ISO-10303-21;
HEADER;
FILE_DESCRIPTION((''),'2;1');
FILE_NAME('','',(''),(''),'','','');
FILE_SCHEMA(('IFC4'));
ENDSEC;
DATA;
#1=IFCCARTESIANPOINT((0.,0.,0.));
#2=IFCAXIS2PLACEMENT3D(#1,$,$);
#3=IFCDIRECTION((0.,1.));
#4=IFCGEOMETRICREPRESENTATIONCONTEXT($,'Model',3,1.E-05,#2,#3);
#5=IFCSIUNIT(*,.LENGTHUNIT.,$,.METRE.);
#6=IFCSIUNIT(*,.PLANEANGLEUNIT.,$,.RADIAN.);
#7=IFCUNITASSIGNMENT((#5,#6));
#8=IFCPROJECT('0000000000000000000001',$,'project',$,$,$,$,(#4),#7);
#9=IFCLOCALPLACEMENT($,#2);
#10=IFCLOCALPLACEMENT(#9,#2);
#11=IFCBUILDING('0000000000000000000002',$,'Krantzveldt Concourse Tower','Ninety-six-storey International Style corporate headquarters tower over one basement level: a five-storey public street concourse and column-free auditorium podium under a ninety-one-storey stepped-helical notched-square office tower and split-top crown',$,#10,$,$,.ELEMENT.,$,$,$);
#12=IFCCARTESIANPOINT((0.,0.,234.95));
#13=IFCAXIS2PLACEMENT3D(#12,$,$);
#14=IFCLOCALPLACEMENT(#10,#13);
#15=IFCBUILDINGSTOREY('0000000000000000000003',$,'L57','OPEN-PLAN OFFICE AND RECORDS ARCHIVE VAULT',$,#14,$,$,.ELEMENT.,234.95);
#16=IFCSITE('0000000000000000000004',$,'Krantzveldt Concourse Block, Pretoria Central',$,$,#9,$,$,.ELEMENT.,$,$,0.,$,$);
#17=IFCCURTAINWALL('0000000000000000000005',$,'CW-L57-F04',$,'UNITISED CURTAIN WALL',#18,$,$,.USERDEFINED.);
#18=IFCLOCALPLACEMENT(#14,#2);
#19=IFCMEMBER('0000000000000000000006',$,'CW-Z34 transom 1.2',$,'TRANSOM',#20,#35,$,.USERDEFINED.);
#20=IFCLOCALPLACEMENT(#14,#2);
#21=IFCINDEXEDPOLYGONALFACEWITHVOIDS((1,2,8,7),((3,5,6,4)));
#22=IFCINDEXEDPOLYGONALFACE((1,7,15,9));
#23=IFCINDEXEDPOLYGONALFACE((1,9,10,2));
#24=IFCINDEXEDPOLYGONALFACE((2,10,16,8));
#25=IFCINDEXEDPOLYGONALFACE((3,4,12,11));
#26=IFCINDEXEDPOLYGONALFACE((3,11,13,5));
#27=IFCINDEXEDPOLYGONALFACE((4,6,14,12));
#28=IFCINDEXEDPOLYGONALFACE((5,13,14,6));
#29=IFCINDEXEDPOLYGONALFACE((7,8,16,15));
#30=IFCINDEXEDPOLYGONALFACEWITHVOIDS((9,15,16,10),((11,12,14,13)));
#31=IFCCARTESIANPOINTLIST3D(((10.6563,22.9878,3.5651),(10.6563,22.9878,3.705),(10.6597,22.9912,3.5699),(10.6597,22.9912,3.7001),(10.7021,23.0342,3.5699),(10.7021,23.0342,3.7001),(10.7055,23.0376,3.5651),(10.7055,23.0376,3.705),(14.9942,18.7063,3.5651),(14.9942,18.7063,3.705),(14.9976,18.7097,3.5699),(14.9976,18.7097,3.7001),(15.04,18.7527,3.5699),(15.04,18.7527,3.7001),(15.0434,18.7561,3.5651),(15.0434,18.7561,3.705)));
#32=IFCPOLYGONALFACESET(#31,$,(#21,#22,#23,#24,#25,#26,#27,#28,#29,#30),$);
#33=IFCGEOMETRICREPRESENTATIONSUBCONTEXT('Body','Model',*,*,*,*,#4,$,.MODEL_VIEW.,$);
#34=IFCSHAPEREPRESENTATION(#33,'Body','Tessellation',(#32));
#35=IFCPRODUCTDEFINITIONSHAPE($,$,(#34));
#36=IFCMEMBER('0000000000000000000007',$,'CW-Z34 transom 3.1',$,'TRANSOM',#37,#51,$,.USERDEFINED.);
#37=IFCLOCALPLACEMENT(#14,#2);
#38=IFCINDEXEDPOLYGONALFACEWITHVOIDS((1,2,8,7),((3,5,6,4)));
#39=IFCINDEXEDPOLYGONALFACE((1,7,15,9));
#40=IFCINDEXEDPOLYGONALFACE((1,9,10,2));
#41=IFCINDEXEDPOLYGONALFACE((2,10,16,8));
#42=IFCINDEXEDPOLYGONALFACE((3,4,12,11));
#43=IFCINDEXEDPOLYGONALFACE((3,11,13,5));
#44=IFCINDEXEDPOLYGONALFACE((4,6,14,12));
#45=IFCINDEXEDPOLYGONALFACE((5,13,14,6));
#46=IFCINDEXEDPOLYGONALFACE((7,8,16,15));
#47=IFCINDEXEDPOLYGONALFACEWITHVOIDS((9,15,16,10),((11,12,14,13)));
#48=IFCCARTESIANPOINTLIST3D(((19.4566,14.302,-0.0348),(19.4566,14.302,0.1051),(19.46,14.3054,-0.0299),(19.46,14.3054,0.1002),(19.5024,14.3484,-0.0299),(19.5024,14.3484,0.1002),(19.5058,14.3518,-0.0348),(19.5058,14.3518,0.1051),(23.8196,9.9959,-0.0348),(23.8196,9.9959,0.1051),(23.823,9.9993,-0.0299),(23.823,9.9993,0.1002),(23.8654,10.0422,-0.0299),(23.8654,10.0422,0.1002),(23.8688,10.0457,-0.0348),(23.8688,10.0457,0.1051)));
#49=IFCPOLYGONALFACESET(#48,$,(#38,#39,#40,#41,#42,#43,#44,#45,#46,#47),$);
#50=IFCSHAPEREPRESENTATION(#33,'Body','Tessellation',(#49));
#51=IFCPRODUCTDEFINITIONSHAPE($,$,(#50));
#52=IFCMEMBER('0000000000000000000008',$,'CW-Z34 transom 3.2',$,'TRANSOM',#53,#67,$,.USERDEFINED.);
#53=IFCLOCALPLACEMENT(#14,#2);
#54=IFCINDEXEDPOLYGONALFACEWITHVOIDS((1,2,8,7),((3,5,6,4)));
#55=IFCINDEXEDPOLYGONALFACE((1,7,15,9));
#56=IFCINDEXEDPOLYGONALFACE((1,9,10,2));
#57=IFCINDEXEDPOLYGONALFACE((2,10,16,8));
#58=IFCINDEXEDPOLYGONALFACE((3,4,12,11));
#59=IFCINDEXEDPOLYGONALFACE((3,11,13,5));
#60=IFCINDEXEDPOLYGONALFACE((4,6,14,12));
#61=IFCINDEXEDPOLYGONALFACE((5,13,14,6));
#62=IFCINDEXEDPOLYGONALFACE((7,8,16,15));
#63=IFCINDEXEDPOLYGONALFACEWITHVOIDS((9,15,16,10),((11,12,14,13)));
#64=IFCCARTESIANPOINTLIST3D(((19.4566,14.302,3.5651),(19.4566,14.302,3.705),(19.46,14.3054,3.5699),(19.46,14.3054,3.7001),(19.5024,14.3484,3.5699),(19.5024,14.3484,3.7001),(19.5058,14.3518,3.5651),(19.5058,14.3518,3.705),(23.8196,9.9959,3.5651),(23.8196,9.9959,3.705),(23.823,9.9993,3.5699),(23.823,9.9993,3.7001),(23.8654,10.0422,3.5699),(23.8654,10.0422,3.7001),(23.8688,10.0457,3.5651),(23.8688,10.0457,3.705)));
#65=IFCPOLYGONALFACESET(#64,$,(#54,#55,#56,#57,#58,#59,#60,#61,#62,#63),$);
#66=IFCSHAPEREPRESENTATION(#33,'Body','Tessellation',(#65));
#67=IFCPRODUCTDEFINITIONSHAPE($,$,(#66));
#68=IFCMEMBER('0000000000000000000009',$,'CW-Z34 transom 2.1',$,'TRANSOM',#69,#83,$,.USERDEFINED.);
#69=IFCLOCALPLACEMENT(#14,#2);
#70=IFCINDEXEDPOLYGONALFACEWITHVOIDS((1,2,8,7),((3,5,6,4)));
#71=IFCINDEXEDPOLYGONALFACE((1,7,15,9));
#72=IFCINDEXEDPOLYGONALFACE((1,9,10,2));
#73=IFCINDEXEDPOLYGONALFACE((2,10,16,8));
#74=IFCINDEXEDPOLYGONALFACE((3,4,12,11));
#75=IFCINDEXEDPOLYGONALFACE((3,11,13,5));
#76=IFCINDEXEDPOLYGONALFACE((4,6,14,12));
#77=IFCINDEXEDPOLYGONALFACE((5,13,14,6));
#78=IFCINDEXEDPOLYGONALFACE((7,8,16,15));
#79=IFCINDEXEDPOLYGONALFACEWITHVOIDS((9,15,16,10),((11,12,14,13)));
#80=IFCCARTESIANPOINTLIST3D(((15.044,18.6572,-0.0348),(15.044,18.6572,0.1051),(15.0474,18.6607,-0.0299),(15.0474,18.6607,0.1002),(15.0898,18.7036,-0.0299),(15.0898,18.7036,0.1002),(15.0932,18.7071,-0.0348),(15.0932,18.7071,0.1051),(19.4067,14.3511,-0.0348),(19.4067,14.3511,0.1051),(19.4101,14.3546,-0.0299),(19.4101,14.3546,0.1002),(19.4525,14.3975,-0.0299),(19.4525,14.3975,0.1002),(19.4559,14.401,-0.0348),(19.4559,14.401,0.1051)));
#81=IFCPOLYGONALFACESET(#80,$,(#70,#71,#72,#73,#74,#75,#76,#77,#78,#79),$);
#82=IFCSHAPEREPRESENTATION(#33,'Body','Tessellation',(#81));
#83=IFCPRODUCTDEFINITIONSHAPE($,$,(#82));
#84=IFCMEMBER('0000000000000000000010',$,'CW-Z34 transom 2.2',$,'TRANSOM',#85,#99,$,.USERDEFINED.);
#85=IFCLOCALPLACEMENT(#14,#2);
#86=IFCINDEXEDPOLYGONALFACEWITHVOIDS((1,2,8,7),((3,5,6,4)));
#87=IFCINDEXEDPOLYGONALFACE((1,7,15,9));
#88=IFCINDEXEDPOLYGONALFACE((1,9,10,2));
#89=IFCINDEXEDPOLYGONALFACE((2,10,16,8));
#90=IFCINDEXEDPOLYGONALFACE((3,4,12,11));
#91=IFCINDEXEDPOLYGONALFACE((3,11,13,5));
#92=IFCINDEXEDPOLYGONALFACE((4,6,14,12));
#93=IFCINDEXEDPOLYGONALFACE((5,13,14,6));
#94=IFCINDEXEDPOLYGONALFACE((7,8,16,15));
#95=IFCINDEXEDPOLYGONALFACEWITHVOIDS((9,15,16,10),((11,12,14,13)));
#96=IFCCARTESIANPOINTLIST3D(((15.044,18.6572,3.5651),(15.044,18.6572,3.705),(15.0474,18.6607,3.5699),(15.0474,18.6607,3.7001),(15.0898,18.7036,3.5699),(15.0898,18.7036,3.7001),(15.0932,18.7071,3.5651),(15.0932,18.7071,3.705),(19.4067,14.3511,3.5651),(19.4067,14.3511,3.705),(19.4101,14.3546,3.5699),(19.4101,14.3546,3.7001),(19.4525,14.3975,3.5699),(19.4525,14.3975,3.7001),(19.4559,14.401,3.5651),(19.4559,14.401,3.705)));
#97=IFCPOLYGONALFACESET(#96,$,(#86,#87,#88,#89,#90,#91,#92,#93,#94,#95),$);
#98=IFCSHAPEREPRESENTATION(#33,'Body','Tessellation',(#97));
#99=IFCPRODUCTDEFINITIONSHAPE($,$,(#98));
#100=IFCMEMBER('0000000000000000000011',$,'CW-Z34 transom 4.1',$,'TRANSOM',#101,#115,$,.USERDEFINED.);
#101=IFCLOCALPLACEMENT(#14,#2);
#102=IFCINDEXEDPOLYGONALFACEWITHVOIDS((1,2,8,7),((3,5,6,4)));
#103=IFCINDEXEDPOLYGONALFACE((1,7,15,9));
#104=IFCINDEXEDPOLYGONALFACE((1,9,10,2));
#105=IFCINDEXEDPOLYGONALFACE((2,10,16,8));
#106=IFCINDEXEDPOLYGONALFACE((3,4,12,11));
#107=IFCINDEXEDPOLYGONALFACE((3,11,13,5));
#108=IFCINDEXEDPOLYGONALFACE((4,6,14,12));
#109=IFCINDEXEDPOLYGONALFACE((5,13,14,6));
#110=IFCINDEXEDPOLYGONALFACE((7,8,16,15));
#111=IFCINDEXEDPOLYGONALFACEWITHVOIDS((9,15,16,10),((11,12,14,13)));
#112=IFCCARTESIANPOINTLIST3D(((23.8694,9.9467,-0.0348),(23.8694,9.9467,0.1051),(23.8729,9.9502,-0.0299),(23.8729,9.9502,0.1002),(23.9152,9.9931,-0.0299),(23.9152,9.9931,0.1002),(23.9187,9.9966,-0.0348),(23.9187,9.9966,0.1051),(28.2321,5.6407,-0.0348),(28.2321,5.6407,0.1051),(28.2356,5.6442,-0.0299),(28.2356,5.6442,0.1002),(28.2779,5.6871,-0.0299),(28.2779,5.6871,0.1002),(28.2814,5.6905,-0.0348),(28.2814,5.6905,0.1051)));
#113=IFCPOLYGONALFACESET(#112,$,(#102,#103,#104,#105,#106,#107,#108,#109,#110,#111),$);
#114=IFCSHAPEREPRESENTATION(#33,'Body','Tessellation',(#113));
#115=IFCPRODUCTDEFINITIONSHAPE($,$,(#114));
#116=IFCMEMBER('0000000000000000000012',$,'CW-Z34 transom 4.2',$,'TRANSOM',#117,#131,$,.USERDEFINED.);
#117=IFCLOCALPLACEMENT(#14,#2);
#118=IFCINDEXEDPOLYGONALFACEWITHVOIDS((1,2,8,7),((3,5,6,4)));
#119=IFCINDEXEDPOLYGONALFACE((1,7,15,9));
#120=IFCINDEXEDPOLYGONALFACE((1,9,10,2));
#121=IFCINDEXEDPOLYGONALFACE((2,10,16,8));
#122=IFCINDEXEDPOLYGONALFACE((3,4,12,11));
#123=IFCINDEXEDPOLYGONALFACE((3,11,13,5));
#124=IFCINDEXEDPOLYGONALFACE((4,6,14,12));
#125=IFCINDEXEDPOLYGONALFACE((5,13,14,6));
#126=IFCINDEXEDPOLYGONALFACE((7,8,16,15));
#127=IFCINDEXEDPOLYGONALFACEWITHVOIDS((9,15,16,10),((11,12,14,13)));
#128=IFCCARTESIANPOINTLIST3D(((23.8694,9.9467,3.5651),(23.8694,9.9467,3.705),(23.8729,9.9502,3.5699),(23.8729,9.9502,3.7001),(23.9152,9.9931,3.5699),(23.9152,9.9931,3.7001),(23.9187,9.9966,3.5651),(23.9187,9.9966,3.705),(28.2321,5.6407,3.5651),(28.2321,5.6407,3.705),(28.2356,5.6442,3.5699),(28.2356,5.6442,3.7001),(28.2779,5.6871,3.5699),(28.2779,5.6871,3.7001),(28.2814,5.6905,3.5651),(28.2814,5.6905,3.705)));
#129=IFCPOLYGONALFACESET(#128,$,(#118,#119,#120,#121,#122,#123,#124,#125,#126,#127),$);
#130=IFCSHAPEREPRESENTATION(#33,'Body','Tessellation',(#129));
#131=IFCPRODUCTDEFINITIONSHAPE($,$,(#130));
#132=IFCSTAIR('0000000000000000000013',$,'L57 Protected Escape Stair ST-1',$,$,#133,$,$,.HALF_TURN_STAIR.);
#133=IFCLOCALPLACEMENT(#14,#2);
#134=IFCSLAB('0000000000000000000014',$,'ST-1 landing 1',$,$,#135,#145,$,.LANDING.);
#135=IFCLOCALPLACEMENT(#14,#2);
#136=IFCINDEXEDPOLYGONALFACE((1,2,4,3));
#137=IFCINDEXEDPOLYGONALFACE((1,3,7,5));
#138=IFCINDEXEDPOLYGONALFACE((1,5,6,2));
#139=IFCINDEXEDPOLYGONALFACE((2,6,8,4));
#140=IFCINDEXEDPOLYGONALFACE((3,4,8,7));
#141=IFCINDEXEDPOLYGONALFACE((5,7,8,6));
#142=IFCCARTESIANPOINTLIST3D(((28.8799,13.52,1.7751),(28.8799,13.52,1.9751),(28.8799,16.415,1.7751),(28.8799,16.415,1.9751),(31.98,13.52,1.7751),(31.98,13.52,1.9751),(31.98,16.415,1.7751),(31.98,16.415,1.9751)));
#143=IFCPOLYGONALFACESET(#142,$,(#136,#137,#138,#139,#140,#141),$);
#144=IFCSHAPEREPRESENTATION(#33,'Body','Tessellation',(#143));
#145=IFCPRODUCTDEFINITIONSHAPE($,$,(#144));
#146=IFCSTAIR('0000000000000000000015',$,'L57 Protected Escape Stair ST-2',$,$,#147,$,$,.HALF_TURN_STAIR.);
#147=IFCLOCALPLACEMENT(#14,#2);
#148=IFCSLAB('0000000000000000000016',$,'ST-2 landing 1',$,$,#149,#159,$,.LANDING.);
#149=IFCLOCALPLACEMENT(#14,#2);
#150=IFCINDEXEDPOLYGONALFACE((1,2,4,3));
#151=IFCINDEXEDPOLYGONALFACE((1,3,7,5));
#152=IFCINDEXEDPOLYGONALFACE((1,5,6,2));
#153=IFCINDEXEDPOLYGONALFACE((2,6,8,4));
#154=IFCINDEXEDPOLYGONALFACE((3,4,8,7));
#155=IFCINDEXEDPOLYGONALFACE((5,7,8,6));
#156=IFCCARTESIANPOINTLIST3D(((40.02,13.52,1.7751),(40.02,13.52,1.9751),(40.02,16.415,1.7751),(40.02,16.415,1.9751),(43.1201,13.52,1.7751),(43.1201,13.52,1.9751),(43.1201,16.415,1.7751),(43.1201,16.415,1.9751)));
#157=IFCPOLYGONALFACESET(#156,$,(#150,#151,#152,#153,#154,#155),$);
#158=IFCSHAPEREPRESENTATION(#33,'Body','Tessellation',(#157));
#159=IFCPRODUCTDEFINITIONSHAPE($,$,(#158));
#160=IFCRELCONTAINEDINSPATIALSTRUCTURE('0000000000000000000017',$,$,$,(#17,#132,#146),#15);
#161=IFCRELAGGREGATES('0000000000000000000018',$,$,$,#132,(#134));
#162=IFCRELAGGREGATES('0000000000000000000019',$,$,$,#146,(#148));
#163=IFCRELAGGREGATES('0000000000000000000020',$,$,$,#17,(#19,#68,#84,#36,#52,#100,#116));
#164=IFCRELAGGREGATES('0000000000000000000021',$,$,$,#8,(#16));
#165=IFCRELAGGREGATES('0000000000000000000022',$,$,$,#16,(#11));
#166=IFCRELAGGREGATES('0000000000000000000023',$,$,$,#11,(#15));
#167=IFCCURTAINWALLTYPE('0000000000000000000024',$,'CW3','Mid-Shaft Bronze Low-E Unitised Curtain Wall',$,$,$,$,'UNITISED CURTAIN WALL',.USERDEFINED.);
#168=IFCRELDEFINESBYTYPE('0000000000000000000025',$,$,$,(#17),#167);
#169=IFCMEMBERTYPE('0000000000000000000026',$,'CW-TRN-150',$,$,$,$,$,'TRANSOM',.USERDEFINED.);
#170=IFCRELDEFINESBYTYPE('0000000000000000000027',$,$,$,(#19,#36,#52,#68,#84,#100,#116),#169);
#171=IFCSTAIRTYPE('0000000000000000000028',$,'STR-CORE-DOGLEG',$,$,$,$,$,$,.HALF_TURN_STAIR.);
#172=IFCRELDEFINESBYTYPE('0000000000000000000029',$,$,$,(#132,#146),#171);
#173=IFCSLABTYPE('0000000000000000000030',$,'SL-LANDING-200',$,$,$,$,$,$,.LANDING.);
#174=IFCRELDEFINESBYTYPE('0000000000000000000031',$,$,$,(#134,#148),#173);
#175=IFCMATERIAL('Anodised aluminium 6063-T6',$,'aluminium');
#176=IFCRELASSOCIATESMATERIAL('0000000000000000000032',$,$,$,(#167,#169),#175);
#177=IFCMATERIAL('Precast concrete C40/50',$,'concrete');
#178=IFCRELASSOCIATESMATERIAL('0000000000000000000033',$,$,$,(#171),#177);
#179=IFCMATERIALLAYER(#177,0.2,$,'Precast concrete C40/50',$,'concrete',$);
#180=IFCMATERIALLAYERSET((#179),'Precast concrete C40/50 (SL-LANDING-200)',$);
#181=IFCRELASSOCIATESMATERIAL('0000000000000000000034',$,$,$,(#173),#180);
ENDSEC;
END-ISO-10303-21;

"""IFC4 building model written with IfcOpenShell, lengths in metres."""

from ifc_helpers import new_model, si_unit, direction, frame, origin, origin_2d, place, context, subcontext, project, spatial, polyline, hollow_rectangle, outline, extrude, source, transform, mapped, material, layer, layer_set, material_profile, profile_set, type_object, type_shapes, element, aggregate, save


model = new_model("IFC4")

# Units and contexts
model_context = context("Model", 3, precision=1e-05, world=origin(), true_north=direction((0.0, 1.0)))
body_context = subcontext(model_context, "Body", "Model", "MODEL_VIEW")
ifc_project = project(units=[si_unit("LENGTHUNIT", "METRE"), si_unit("PLANEANGLEUNIT", "RADIAN")], contexts=[model_context])

# Site, building, storey
site_placement = place(None, origin())
site = spatial("IfcSite", under=ifc_project, at=site_placement, Name="Krantzveldt Concourse Block, Pretoria Central", CompositionType="ELEMENT", RefElevation=0.0)
building_placement = place(site_placement, origin())
building = spatial("IfcBuilding", under=site, at=building_placement, Name="Krantzveldt Concourse Tower", Description="Ninety-six-storey International Style corporate headquarters tower over one basement level: a five-storey public street concourse and column-free auditorium podium under a ninety-one-storey stepped-helical notched-square office tower and split-top crown", CompositionType="ELEMENT")
storey_placement = place(building_placement, frame((0.0, 0.0, 234.95)))
storey = spatial("IfcBuildingStorey", under=building, at=storey_placement, Name="L57", Description="OPEN-PLAN OFFICE AND RECORDS ARCHIVE VAULT", CompositionType="ELEMENT", Elevation=234.95)

# Curtain wall, members
ifc_material_1 = material(Name="Anodised aluminium 6063-T6", Category="aluminium")
curtain_wall_type = type_object("IfcCurtainWallType", Name="CW3", Description="Mid-Shaft Bronze Low-E Unitised Curtain Wall", ElementType="UNITISED CURTAIN WALL", PredefinedType="USERDEFINED", material=ifc_material_1)
curtain_wall_placement = place(storey_placement, origin())
curtain_wall = element("IfcCurtainWall", 1, at=curtain_wall_placement, inside=storey, type_object=curtain_wall_type, Name="CW-L57-F04", ObjectType="UNITISED CURTAIN WALL", PredefinedType="USERDEFINED")
ifc_material_profile_1 = material_profile(ifc_material_1, hollow_rectangle(XDim=0.0701, YDim=0.1399, WallThickness=0.0049, at=origin_2d()), Name="Anodised aluminium 6063-T6", Category="aluminium")
ifc_profile_set_1 = profile_set([ifc_material_profile_1], Name="Anodised aluminium 6063-T6 - ALU-TRAN 140x70x5")
member_type_1 = type_object("IfcMemberType", Name="CW-TRN-150", ElementType="TRANSOM", PredefinedType="USERDEFINED", material=ifc_profile_set_1)
shared_shape_1 = source(origin(), body_context, "Body", "SweptSolid", [
    extrude(hollow_rectangle(XDim=0.0701, YDim=0.1399, WallThickness=0.0049, at=origin_2d()), origin(), (0.0, 0.0, 1.0), 6.095),
])
member_1_placement = place(storey_placement, frame((10.6809, 23.0127, 3.635), z_axis=(0.711718, -0.702465, 0.0), x_axis=(0.702465, 0.711718, 0.0)))
member_1 = element("IfcMember", 2, at=member_1_placement, type_object=member_type_1, Name="CW-Z34 transom 1.2", ObjectType="TRANSOM", PredefinedType="USERDEFINED", context=body_context, shape_type="MappedRepresentation", body=[
    mapped(shared_shape_1, transform((0.0, 0.0, 0.0), x_axis=(1.0, 0.0, 0.0), y_axis=(0.0, 1.0, 0.0), z_axis=(0.0, 0.0, 1.0), scale=1.0)),
])
shared_shape_2 = source(origin(), body_context, "Body", "SweptSolid", [
    extrude(hollow_rectangle(XDim=0.0701, YDim=0.1399, WallThickness=0.0049, at=origin_2d()), origin(), (0.0, 0.0, 1.0), 6.1301),
])
member_2_placement = place(storey_placement, frame((19.4812, 14.3269, 0.0352), z_axis=(0.711731, -0.702452, 0.0), x_axis=(0.702452, 0.711731, 0.0)))
member_2 = element("IfcMember", 3, at=member_2_placement, type_object=member_type_1, Name="CW-Z34 transom 3.1", ObjectType="TRANSOM", PredefinedType="USERDEFINED", context=body_context, shape_type="MappedRepresentation", body=[
    mapped(shared_shape_2, transform((0.0, 0.0, 0.0), x_axis=(1.0, 0.0, 0.0), y_axis=(0.0, 1.0, 0.0), z_axis=(0.0, 0.0, 1.0), scale=1.0)),
])
member_3_placement = place(storey_placement, frame((19.4812, 14.3269, 3.635), z_axis=(0.711731, -0.702452, 0.0), x_axis=(0.702452, 0.711731, 0.0)))
member_3 = element("IfcMember", 4, at=member_3_placement, type_object=member_type_1, Name="CW-Z34 transom 3.2", ObjectType="TRANSOM", PredefinedType="USERDEFINED", context=body_context, shape_type="MappedRepresentation", body=[
    mapped(shared_shape_2, transform((0.0, 0.0, 0.0), x_axis=(1.0, 0.0, 0.0), y_axis=(0.0, 1.0, 0.0), z_axis=(0.0, 0.0, 1.0), scale=1.0)),
])
shared_shape_3 = source(origin(), body_context, "Body", "SweptSolid", [
    extrude(hollow_rectangle(XDim=0.0701, YDim=0.1399, WallThickness=0.0049, at=origin_2d()), origin(), (0.0, 0.0, 1.0), 6.1299),
])
type_shapes(member_type_1, [shared_shape_1, shared_shape_2, shared_shape_3])
member_4_placement = place(storey_placement, frame((15.0686, 18.6821, 0.0352), z_axis=(0.711712, -0.702472, 0.0), x_axis=(0.702472, 0.711712, 0.0)))
member_4 = element("IfcMember", 5, at=member_4_placement, type_object=member_type_1, Name="CW-Z34 transom 2.1", ObjectType="TRANSOM", PredefinedType="USERDEFINED", context=body_context, shape_type="MappedRepresentation", body=[
    mapped(shared_shape_3, transform((0.0, 0.0, 0.0), x_axis=(1.0, 0.0, 0.0), y_axis=(0.0, 1.0, 0.0), z_axis=(0.0, 0.0, 1.0), scale=1.0)),
])
member_5_placement = place(storey_placement, frame((15.0686, 18.6821, 3.635), z_axis=(0.711712, -0.702472, 0.0), x_axis=(0.702472, 0.711712, 0.0)))
member_5 = element("IfcMember", 6, at=member_5_placement, type_object=member_type_1, Name="CW-Z34 transom 2.2", ObjectType="TRANSOM", PredefinedType="USERDEFINED", context=body_context, shape_type="MappedRepresentation", body=[
    mapped(shared_shape_3, transform((0.0, 0.0, 0.0), x_axis=(1.0, 0.0, 0.0), y_axis=(0.0, 1.0, 0.0), z_axis=(0.0, 0.0, 1.0), scale=1.0)),
])
member_6_placement = place(storey_placement, frame((23.894, 9.9717, 0.0352), z_axis=(0.711712, -0.702472, 0.0), x_axis=(0.702472, 0.711712, 0.0)))
member_6 = element("IfcMember", 7, at=member_6_placement, type_object=member_type_1, Name="CW-Z34 transom 4.1", ObjectType="TRANSOM", PredefinedType="USERDEFINED", context=body_context, shape_type="MappedRepresentation", body=[
    mapped(shared_shape_3, transform((0.0, 0.0, 0.0), x_axis=(1.0, 0.0, 0.0), y_axis=(0.0, 1.0, 0.0), z_axis=(0.0, 0.0, 1.0), scale=1.0)),
])
member_7_placement = place(storey_placement, frame((23.894, 9.9717, 3.635), z_axis=(0.711712, -0.702472, 0.0), x_axis=(0.702472, 0.711712, 0.0)))
member_7 = element("IfcMember", 8, at=member_7_placement, type_object=member_type_1, Name="CW-Z34 transom 4.2", ObjectType="TRANSOM", PredefinedType="USERDEFINED", context=body_context, shape_type="MappedRepresentation", body=[
    mapped(shared_shape_3, transform((0.0, 0.0, 0.0), x_axis=(1.0, 0.0, 0.0), y_axis=(0.0, 1.0, 0.0), z_axis=(0.0, 0.0, 1.0), scale=1.0)),
])

# Stairs, slabs
ifc_material_2 = material(Name="Precast concrete C40/50", Category="concrete")
stair_type = type_object("IfcStairType", Name="STR-CORE-DOGLEG", PredefinedType="HALF_TURN_STAIR", material=ifc_material_2)
stair_1_placement = place(storey_placement, origin())
stair_1 = element("IfcStair", 9, at=stair_1_placement, inside=storey, type_object=stair_type, Name="L57 Protected Escape Stair ST-1", PredefinedType="HALF_TURN_STAIR")
ifc_layer_1 = layer(ifc_material_2, 0.2, Name="Precast concrete C40/50", Category="concrete")
ifc_layer_set_1 = layer_set([ifc_layer_1], Name="Precast concrete C40/50 (SL-LANDING-200)")
slab_type_1 = type_object("IfcSlabType", Name="SL-LANDING-200", PredefinedType="LANDING", material=ifc_layer_set_1)
slab_1_placement = place(storey_placement, frame((0.0, 0.0, 1.7751)))
slab_1 = element("IfcSlab", 10, at=slab_1_placement, type_object=slab_type_1, Name="ST-1 landing 1", PredefinedType="LANDING", context=body_context, shape_type="SweptSolid", body=[
    extrude(outline(polyline([(28.8799, 16.415), (28.8799, 13.52), (31.98, 13.52), (31.98, 16.415), (28.8799, 16.415)])), origin(), (0.0, 0.0, 1.0), 0.2),
])
aggregate(stair_1, [slab_1])
stair_2_placement = place(storey_placement, origin())
stair_2 = element("IfcStair", 11, at=stair_2_placement, inside=storey, type_object=stair_type, Name="L57 Protected Escape Stair ST-2", PredefinedType="HALF_TURN_STAIR")
slab_2_placement = place(storey_placement, frame((0.0, 0.0, 1.7751)))
slab_2 = element("IfcSlab", 12, at=slab_2_placement, type_object=slab_type_1, Name="ST-2 landing 1", PredefinedType="LANDING", context=body_context, shape_type="SweptSolid", body=[
    extrude(outline(polyline([(40.02, 16.415), (40.02, 13.52), (43.1201, 13.52), (43.1201, 16.415), (40.02, 16.415)])), origin(), (0.0, 0.0, 1.0), 0.2),
])
aggregate(stair_2, [slab_2])

aggregate(curtain_wall, [member_1, member_4, member_5, member_2, member_3, member_6, member_7])

save(model, "model.ifc")
